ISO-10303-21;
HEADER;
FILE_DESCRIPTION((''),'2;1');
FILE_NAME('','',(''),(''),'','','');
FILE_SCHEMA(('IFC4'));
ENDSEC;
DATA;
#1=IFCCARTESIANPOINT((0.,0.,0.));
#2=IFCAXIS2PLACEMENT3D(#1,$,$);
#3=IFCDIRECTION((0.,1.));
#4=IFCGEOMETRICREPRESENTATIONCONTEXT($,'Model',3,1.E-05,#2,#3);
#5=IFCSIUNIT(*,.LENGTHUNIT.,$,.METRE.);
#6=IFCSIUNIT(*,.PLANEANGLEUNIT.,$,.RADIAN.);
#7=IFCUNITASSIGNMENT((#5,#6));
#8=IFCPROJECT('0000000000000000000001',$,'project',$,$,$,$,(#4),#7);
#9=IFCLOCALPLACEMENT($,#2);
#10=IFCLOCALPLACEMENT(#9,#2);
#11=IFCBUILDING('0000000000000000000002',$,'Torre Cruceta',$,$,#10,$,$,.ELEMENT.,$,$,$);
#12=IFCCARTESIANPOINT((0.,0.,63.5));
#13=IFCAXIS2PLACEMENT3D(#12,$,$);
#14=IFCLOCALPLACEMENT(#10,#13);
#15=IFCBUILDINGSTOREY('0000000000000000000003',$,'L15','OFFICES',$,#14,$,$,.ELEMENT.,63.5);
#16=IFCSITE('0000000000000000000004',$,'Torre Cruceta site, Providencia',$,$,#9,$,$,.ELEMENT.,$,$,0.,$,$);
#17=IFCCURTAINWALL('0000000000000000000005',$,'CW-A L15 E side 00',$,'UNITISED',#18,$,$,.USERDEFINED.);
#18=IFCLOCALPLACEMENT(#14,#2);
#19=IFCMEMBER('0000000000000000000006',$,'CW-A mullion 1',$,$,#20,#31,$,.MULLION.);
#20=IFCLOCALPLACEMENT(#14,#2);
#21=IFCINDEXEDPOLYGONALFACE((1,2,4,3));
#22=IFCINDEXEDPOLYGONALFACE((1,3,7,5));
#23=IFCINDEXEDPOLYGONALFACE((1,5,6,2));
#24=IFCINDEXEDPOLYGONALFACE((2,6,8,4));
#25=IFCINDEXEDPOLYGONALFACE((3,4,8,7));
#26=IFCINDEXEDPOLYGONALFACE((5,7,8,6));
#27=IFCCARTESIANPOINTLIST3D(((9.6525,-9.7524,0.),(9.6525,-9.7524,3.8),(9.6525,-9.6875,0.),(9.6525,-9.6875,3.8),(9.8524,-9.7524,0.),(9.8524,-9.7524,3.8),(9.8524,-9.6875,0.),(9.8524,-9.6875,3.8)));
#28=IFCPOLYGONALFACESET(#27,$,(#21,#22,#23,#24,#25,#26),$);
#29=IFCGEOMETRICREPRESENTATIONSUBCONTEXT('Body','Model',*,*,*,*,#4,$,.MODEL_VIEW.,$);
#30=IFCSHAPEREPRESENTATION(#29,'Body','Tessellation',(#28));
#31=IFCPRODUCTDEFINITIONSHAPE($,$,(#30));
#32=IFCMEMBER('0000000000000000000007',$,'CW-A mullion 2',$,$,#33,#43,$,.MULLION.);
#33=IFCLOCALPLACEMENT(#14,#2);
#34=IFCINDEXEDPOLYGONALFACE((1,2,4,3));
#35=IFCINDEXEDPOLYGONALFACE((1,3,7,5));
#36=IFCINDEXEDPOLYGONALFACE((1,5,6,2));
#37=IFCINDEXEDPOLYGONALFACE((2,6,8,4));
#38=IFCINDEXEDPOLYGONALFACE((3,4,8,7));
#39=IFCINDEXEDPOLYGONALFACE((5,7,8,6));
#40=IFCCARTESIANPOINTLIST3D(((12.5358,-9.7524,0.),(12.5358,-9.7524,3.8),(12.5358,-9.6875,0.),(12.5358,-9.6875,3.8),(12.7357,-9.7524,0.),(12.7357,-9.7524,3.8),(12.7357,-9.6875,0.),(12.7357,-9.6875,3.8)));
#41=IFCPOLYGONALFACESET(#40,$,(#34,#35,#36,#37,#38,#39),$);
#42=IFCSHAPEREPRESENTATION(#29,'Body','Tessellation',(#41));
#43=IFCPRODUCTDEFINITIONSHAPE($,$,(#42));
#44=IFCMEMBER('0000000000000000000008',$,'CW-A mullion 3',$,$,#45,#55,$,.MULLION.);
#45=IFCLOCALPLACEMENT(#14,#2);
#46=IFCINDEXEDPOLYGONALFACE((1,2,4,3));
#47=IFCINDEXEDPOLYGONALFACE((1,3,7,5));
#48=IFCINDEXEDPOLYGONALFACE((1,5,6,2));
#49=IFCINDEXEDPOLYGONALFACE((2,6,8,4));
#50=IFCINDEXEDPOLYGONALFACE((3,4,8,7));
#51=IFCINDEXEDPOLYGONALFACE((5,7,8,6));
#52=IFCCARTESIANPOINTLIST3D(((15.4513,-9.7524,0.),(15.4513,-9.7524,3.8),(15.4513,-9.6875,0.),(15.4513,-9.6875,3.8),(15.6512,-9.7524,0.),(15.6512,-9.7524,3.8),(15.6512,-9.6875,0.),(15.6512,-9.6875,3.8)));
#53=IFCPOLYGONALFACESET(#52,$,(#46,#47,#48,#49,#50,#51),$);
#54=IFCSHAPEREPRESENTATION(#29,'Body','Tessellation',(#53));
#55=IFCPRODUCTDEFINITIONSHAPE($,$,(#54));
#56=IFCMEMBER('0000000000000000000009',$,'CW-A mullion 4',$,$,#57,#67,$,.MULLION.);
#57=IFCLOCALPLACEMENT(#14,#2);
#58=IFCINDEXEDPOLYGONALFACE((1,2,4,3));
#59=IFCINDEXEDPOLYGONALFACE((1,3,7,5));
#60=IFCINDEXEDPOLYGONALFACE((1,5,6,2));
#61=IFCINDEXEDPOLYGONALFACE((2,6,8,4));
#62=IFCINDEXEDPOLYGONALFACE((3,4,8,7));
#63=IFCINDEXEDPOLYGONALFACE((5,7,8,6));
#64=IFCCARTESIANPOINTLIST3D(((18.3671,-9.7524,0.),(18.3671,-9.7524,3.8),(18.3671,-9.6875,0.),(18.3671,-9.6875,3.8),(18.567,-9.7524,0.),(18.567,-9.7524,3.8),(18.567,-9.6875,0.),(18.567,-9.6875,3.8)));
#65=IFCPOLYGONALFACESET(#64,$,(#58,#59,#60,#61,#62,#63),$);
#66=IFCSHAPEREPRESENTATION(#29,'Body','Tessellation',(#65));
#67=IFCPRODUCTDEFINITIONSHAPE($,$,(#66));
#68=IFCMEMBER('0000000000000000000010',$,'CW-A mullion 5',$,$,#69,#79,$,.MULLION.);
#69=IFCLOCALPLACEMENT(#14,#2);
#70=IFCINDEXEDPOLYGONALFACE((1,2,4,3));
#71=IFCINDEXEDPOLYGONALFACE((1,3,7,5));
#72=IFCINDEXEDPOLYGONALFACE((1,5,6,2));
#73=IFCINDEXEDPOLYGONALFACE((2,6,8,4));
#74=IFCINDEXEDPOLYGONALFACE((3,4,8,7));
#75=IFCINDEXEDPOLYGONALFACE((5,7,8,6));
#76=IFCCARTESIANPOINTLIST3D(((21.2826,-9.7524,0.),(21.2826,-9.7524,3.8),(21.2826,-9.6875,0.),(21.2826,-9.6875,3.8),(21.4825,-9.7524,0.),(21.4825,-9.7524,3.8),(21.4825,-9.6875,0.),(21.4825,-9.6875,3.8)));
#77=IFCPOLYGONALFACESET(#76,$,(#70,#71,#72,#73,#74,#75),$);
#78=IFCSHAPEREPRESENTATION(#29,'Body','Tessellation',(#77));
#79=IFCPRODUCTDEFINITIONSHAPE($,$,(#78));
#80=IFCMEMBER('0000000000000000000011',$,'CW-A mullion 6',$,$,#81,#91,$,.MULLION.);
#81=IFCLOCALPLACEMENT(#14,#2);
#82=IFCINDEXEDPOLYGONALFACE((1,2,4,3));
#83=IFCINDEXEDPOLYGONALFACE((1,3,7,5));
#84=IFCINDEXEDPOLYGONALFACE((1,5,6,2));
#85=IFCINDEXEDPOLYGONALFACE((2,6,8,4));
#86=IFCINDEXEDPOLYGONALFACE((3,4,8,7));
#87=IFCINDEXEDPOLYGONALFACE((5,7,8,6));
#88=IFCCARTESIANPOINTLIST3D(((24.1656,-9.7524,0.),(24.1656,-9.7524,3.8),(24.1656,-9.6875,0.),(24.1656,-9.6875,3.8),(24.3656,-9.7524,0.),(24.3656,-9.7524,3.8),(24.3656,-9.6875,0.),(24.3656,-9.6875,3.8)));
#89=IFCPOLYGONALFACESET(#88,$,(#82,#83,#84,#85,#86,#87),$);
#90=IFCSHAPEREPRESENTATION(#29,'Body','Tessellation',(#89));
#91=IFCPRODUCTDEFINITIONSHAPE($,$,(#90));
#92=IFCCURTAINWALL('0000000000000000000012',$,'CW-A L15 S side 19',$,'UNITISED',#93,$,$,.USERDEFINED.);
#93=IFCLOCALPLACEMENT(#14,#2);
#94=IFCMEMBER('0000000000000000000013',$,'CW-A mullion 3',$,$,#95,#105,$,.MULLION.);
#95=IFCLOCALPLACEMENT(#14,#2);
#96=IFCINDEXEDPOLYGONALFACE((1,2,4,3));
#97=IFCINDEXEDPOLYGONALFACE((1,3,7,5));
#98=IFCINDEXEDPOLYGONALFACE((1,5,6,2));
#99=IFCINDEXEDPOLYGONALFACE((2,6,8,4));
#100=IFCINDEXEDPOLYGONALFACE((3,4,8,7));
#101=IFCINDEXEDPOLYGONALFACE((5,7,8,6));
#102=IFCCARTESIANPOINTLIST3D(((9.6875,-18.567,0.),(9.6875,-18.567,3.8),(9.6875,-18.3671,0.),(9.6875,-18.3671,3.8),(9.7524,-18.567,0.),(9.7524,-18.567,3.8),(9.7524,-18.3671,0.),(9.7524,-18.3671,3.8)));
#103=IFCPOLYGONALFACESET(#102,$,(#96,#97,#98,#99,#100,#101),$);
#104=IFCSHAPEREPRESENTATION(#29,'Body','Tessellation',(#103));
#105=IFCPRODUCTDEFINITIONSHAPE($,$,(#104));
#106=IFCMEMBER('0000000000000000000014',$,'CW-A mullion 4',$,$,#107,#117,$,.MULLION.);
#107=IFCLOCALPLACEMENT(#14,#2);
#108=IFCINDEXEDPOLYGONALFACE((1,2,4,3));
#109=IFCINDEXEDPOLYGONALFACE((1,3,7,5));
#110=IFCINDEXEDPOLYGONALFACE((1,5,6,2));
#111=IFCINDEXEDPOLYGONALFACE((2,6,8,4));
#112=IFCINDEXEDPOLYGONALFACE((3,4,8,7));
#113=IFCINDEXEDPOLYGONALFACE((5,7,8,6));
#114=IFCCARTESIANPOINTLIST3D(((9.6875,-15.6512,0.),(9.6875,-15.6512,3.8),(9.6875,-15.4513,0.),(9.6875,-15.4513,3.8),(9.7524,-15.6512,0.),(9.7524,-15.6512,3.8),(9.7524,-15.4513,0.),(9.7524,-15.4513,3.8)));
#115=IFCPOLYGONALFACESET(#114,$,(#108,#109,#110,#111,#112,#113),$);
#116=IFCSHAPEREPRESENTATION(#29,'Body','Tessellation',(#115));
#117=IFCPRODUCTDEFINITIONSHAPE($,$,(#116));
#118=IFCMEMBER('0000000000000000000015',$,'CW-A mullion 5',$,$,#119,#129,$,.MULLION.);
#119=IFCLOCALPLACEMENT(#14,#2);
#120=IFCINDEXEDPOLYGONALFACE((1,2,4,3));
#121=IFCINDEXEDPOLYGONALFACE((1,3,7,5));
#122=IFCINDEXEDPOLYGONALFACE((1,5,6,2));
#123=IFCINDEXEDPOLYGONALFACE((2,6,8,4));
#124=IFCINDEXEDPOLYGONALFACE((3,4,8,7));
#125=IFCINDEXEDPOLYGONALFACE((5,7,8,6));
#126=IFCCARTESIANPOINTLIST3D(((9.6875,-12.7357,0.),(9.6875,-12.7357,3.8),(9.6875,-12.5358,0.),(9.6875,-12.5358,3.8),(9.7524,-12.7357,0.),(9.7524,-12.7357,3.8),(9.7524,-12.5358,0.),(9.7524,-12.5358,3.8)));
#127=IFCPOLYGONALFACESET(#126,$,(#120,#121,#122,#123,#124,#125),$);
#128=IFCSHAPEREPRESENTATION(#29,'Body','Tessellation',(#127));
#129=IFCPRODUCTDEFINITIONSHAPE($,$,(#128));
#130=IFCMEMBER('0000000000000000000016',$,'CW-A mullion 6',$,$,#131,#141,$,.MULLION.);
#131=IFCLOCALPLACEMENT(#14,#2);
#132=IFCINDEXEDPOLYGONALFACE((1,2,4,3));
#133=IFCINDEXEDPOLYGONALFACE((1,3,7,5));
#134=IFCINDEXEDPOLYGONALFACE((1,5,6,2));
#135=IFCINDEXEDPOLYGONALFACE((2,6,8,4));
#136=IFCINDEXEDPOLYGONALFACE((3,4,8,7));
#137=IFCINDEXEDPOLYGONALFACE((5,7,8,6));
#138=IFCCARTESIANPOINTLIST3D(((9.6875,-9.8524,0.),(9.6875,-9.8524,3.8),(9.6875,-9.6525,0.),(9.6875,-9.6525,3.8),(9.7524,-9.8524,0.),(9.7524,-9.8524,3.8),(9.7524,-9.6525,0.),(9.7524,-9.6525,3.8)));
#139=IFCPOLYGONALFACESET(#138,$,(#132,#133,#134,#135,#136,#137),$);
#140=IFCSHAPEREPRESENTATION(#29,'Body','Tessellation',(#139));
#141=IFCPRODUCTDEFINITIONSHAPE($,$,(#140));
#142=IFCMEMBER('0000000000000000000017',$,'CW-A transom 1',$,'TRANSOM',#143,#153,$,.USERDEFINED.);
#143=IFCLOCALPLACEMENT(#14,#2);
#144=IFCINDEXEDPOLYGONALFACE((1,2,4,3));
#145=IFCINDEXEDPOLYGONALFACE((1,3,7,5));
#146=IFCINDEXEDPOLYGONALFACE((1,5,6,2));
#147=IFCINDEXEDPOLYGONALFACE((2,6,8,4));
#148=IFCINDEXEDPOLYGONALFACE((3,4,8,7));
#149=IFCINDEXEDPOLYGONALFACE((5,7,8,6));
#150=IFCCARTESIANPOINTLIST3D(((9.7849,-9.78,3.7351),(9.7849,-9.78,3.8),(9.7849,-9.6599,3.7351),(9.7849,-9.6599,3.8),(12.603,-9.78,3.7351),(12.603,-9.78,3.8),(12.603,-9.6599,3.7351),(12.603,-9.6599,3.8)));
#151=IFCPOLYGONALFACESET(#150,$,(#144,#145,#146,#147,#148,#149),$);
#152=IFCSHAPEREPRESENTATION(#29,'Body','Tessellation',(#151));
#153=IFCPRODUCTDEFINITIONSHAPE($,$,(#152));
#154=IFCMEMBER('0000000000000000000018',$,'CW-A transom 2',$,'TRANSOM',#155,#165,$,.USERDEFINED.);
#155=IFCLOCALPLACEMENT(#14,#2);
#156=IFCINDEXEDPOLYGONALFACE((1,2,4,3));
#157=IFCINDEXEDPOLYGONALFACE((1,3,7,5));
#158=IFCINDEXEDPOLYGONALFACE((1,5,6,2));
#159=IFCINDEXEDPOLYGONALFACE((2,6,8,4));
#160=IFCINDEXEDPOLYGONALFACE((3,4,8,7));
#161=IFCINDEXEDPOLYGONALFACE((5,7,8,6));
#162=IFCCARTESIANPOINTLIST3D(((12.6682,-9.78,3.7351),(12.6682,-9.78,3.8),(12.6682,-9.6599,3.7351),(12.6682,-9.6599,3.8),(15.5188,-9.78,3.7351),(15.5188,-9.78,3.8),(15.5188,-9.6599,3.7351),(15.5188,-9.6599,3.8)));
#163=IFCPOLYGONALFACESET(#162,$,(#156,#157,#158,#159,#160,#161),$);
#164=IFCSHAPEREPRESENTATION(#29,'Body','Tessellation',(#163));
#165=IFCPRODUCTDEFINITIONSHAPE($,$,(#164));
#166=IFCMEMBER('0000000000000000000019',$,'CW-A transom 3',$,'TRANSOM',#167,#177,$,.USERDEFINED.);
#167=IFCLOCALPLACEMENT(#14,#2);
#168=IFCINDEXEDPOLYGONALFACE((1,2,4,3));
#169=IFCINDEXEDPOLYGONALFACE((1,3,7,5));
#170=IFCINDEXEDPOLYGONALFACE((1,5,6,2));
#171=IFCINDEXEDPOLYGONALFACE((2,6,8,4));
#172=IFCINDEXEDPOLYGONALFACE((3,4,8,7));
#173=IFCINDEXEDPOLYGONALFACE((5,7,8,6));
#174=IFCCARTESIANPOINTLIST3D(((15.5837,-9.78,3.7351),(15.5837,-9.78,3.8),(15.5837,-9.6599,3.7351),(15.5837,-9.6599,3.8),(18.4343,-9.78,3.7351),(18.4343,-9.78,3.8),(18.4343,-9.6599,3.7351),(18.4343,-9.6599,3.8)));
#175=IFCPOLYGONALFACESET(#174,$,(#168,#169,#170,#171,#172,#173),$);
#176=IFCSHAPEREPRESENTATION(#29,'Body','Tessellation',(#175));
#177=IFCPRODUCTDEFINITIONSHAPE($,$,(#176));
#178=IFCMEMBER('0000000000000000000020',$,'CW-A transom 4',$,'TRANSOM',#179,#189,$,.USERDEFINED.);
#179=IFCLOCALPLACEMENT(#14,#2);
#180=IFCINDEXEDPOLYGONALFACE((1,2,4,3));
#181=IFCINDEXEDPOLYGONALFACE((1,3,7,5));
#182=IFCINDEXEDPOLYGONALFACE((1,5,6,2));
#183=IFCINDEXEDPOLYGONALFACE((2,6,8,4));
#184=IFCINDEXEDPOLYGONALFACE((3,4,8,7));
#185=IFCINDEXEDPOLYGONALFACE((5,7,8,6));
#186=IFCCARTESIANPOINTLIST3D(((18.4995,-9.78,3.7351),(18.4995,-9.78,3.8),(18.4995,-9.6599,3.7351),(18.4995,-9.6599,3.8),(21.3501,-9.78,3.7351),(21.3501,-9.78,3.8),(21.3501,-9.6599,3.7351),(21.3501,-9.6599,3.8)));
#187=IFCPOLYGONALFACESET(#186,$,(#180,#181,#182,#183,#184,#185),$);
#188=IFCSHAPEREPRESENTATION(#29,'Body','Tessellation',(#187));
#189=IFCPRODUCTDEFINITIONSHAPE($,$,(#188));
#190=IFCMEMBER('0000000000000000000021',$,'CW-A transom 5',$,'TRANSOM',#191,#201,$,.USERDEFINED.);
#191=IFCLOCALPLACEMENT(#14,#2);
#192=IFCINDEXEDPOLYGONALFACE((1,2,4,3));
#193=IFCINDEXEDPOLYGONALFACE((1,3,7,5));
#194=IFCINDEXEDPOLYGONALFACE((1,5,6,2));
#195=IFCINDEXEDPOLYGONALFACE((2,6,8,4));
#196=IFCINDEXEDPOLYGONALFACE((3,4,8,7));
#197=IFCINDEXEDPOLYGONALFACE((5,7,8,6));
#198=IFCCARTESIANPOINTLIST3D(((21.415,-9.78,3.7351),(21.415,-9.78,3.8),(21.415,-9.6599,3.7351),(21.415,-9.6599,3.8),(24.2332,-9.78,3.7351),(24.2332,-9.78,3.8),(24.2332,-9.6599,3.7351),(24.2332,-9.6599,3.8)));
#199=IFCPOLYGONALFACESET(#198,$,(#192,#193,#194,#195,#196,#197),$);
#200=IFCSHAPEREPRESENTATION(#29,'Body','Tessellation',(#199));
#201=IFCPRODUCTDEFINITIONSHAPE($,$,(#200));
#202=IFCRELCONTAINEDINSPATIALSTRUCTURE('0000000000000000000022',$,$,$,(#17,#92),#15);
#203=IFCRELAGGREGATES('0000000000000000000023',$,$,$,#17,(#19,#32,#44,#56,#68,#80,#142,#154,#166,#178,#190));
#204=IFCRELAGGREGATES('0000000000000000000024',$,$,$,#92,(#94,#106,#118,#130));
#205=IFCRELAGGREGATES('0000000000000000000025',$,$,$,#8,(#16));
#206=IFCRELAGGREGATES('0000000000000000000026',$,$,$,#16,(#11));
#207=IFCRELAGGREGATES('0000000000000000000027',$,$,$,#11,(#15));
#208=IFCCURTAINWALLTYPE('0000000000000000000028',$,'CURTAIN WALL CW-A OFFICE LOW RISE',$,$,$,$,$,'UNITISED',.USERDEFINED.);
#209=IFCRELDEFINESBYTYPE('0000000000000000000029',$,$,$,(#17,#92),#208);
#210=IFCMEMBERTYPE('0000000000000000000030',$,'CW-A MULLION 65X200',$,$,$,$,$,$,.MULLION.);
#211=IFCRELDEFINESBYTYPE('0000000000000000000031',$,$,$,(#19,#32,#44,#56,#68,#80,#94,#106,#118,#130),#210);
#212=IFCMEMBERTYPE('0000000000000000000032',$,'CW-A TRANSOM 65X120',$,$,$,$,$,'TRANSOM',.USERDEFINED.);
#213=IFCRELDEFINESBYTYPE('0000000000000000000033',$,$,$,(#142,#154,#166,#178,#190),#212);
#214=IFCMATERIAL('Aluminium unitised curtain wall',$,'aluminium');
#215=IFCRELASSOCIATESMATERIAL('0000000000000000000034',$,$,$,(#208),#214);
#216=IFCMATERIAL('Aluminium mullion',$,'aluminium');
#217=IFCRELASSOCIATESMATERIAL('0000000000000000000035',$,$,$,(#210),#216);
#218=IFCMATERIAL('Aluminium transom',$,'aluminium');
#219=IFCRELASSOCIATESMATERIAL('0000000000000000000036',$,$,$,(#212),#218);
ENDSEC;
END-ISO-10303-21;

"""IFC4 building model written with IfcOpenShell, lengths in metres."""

from ifc_helpers import new_model, si_unit, direction, frame, origin, origin_2d, place, context, subcontext, project, spatial, rectangle, extrude, material, material_profile, profile_set, type_object, element, aggregate, save


model = new_model("IFC4")

# Units and contexts
model_context = context("Model", 3, precision=1e-05, world=origin(), true_north=direction((0.0, 1.0)))
body_context = subcontext(model_context, "Body", "Model", "MODEL_VIEW")
ifc_project = project(units=[si_unit("LENGTHUNIT", "METRE"), si_unit("PLANEANGLEUNIT", "RADIAN")], contexts=[model_context])

# Site, building, storey
site_placement = place(None, origin())
site = spatial("IfcSite", under=ifc_project, at=site_placement, Name="Torre Cruceta site, Providencia", CompositionType="ELEMENT", RefElevation=0.0)
building_placement = place(site_placement, origin())
building = spatial("IfcBuilding", under=site, at=building_placement, Name="Torre Cruceta", CompositionType="ELEMENT")
storey_placement = place(building_placement, frame((0.0, 0.0, 63.5)))
storey = spatial("IfcBuildingStorey", under=building, at=storey_placement, Name="L15", Description="OFFICES", CompositionType="ELEMENT", Elevation=63.5)

# Curtain walls, members
ifc_material_1 = material(Name="Aluminium unitised curtain wall", Category="aluminium")
curtain_wall_type = type_object("IfcCurtainWallType", Name="CURTAIN WALL CW-A OFFICE LOW RISE", ElementType="UNITISED", PredefinedType="USERDEFINED", material=ifc_material_1)
curtain_wall_1_placement = place(storey_placement, origin())
curtain_wall_1 = element("IfcCurtainWall", 1, at=curtain_wall_1_placement, inside=storey, type_object=curtain_wall_type, Name="CW-A L15 E side 00", ObjectType="UNITISED", PredefinedType="USERDEFINED")
ifc_material_2 = material(Name="Aluminium mullion", Category="aluminium")
ifc_material_profile_1 = material_profile(ifc_material_2, rectangle(XDim=0.0649, YDim=0.2, at=origin_2d()), Name="AL 65X200")
ifc_profile_set_1 = profile_set([ifc_material_profile_1], Name="Aluminium mullion")
member_type_1 = type_object("IfcMemberType", Name="CW-A MULLION 65X200", PredefinedType="MULLION", material=ifc_profile_set_1)
member_1_placement = place(storey_placement, frame((9.7524, -9.72, 0.0), z_axis=(0.0, 0.0, 1.0), x_axis=(0.0, 1.0, 0.0)))
member_1 = element("IfcMember", 2, at=member_1_placement, type_object=member_type_1, Name="CW-A mullion 1", PredefinedType="MULLION", context=body_context, shape_type="SweptSolid", body=[
    extrude(rectangle(XDim=0.0649, YDim=0.2, at=origin_2d()), origin(), (0.0, 0.0, 1.0), 3.8),
])
member_2_placement = place(storey_placement, frame((12.6357, -9.72, 0.0), z_axis=(0.0, 0.0, 1.0), x_axis=(0.0, 1.0, 0.0)))
member_2 = element("IfcMember", 3, at=member_2_placement, type_object=member_type_1, Name="CW-A mullion 2", PredefinedType="MULLION", context=body_context, shape_type="SweptSolid", body=[
    extrude(rectangle(XDim=0.0649, YDim=0.2, at=origin_2d()), origin(), (0.0, 0.0, 1.0), 3.8),
])
member_3_placement = place(storey_placement, frame((15.5513, -9.72, 0.0), z_axis=(0.0, 0.0, 1.0), x_axis=(0.0, 1.0, 0.0)))
member_3 = element("IfcMember", 4, at=member_3_placement, type_object=member_type_1, Name="CW-A mullion 3", PredefinedType="MULLION", context=body_context, shape_type="SweptSolid", body=[
    extrude(rectangle(XDim=0.0649, YDim=0.2, at=origin_2d()), origin(), (0.0, 0.0, 1.0), 3.8),
])
member_4_placement = place(storey_placement, frame((18.467, -9.72, 0.0), z_axis=(0.0, 0.0, 1.0), x_axis=(0.0, 1.0, 0.0)))
member_4 = element("IfcMember", 5, at=member_4_placement, type_object=member_type_1, Name="CW-A mullion 4", PredefinedType="MULLION", context=body_context, shape_type="SweptSolid", body=[
    extrude(rectangle(XDim=0.0649, YDim=0.2, at=origin_2d()), origin(), (0.0, 0.0, 1.0), 3.8),
])
member_5_placement = place(storey_placement, frame((21.3826, -9.72, 0.0), z_axis=(0.0, 0.0, 1.0), x_axis=(0.0, 1.0, 0.0)))
member_5 = element("IfcMember", 6, at=member_5_placement, type_object=member_type_1, Name="CW-A mullion 5", PredefinedType="MULLION", context=body_context, shape_type="SweptSolid", body=[
    extrude(rectangle(XDim=0.0649, YDim=0.2, at=origin_2d()), origin(), (0.0, 0.0, 1.0), 3.8),
])
member_6_placement = place(storey_placement, frame((24.2656, -9.72, 0.0), z_axis=(0.0, 0.0, 1.0), x_axis=(0.0, 1.0, 0.0)))
member_6 = element("IfcMember", 7, at=member_6_placement, type_object=member_type_1, Name="CW-A mullion 6", PredefinedType="MULLION", context=body_context, shape_type="SweptSolid", body=[
    extrude(rectangle(XDim=0.0649, YDim=0.2, at=origin_2d()), origin(), (0.0, 0.0, 1.0), 3.8),
])
curtain_wall_2_placement = place(storey_placement, origin())
curtain_wall_2 = element("IfcCurtainWall", 8, at=curtain_wall_2_placement, inside=storey, type_object=curtain_wall_type, Name="CW-A L15 S side 19", ObjectType="UNITISED", PredefinedType="USERDEFINED")
member_7_placement = place(storey_placement, frame((9.72, -18.467, 0.0), z_axis=(0.0, 0.0, 1.0), x_axis=(-1.0, 0.0, 0.0)))
member_7 = element("IfcMember", 9, at=member_7_placement, type_object=member_type_1, Name="CW-A mullion 3", PredefinedType="MULLION", context=body_context, shape_type="SweptSolid", body=[
    extrude(rectangle(XDim=0.0649, YDim=0.2, at=origin_2d()), origin(), (0.0, 0.0, 1.0), 3.8),
])
member_8_placement = place(storey_placement, frame((9.72, -15.5513, 0.0), z_axis=(0.0, 0.0, 1.0), x_axis=(-1.0, 0.0, 0.0)))
member_8 = element("IfcMember", 10, at=member_8_placement, type_object=member_type_1, Name="CW-A mullion 4", PredefinedType="MULLION", context=body_context, shape_type="SweptSolid", body=[
    extrude(rectangle(XDim=0.0649, YDim=0.2, at=origin_2d()), origin(), (0.0, 0.0, 1.0), 3.8),
])
member_9_placement = place(storey_placement, frame((9.72, -12.6357, 0.0), z_axis=(0.0, 0.0, 1.0), x_axis=(-1.0, 0.0, 0.0)))
member_9 = element("IfcMember", 11, at=member_9_placement, type_object=member_type_1, Name="CW-A mullion 5", PredefinedType="MULLION", context=body_context, shape_type="SweptSolid", body=[
    extrude(rectangle(XDim=0.0649, YDim=0.2, at=origin_2d()), origin(), (0.0, 0.0, 1.0), 3.8),
])
member_10_placement = place(storey_placement, frame((9.72, -9.7524, 0.0), z_axis=(0.0, 0.0, 1.0), x_axis=(-1.0, 0.0, 0.0)))
member_10 = element("IfcMember", 12, at=member_10_placement, type_object=member_type_1, Name="CW-A mullion 6", PredefinedType="MULLION", context=body_context, shape_type="SweptSolid", body=[
    extrude(rectangle(XDim=0.0649, YDim=0.2, at=origin_2d()), origin(), (0.0, 0.0, 1.0), 3.8),
])

# Members
ifc_material_3 = material(Name="Aluminium transom", Category="aluminium")
ifc_material_profile_2 = material_profile(ifc_material_3, rectangle(XDim=0.1201, YDim=0.0649, at=origin_2d()), Name="AL 120X65")
ifc_profile_set_2 = profile_set([ifc_material_profile_2], Name="Aluminium transom")
member_type_2 = type_object("IfcMemberType", Name="CW-A TRANSOM 65X120", ElementType="TRANSOM", PredefinedType="USERDEFINED", material=ifc_profile_set_2)
member_11_placement = place(storey_placement, frame((9.7849, -9.72, 3.7676), z_axis=(1.0, 0.0, 0.0), x_axis=(0.0, 1.0, 0.0)))
member_11 = element("IfcMember", 13, at=member_11_placement, type_object=member_type_2, Name="CW-A transom 1", ObjectType="TRANSOM", PredefinedType="USERDEFINED", context=body_context, shape_type="SweptSolid", body=[
    extrude(rectangle(XDim=0.1201, YDim=0.0649, at=origin_2d()), origin(), (0.0, 0.0, 1.0), 2.8181),
])
member_12_placement = place(storey_placement, frame((12.6682, -9.72, 3.7676), z_axis=(1.0, 0.0, 0.0), x_axis=(0.0, 1.0, 0.0)))
member_12 = element("IfcMember", 14, at=member_12_placement, type_object=member_type_2, Name="CW-A transom 2", ObjectType="TRANSOM", PredefinedType="USERDEFINED", context=body_context, shape_type="SweptSolid", body=[
    extrude(rectangle(XDim=0.1201, YDim=0.0649, at=origin_2d()), origin(), (0.0, 0.0, 1.0), 2.8506),
])
member_13_placement = place(storey_placement, frame((15.5837, -9.72, 3.7676), z_axis=(1.0, 0.0, 0.0), x_axis=(0.0, 1.0, 0.0)))
member_13 = element("IfcMember", 15, at=member_13_placement, type_object=member_type_2, Name="CW-A transom 3", ObjectType="TRANSOM", PredefinedType="USERDEFINED", context=body_context, shape_type="SweptSolid", body=[
    extrude(rectangle(XDim=0.1201, YDim=0.0649, at=origin_2d()), origin(), (0.0, 0.0, 1.0), 2.8506),
])
member_14_placement = place(storey_placement, frame((18.4995, -9.72, 3.7676), z_axis=(1.0, 0.0, 0.0), x_axis=(0.0, 1.0, 0.0)))
member_14 = element("IfcMember", 16, at=member_14_placement, type_object=member_type_2, Name="CW-A transom 4", ObjectType="TRANSOM", PredefinedType="USERDEFINED", context=body_context, shape_type="SweptSolid", body=[
    extrude(rectangle(XDim=0.1201, YDim=0.0649, at=origin_2d()), origin(), (0.0, 0.0, 1.0), 2.8506),
])
member_15_placement = place(storey_placement, frame((21.415, -9.72, 3.7676), z_axis=(1.0, 0.0, 0.0), x_axis=(0.0, 1.0, 0.0)))
member_15 = element("IfcMember", 17, at=member_15_placement, type_object=member_type_2, Name="CW-A transom 5", ObjectType="TRANSOM", PredefinedType="USERDEFINED", context=body_context, shape_type="SweptSolid", body=[
    extrude(rectangle(XDim=0.1201, YDim=0.0649, at=origin_2d()), origin(), (0.0, 0.0, 1.0), 2.8181),
])

aggregate(curtain_wall_1, [member_1, member_2, member_3, member_4, member_5, member_6, member_11, member_12, member_13, member_14, member_15])
aggregate(curtain_wall_2, [member_7, member_8, member_9, member_10])

save(model, "model.ifc")
